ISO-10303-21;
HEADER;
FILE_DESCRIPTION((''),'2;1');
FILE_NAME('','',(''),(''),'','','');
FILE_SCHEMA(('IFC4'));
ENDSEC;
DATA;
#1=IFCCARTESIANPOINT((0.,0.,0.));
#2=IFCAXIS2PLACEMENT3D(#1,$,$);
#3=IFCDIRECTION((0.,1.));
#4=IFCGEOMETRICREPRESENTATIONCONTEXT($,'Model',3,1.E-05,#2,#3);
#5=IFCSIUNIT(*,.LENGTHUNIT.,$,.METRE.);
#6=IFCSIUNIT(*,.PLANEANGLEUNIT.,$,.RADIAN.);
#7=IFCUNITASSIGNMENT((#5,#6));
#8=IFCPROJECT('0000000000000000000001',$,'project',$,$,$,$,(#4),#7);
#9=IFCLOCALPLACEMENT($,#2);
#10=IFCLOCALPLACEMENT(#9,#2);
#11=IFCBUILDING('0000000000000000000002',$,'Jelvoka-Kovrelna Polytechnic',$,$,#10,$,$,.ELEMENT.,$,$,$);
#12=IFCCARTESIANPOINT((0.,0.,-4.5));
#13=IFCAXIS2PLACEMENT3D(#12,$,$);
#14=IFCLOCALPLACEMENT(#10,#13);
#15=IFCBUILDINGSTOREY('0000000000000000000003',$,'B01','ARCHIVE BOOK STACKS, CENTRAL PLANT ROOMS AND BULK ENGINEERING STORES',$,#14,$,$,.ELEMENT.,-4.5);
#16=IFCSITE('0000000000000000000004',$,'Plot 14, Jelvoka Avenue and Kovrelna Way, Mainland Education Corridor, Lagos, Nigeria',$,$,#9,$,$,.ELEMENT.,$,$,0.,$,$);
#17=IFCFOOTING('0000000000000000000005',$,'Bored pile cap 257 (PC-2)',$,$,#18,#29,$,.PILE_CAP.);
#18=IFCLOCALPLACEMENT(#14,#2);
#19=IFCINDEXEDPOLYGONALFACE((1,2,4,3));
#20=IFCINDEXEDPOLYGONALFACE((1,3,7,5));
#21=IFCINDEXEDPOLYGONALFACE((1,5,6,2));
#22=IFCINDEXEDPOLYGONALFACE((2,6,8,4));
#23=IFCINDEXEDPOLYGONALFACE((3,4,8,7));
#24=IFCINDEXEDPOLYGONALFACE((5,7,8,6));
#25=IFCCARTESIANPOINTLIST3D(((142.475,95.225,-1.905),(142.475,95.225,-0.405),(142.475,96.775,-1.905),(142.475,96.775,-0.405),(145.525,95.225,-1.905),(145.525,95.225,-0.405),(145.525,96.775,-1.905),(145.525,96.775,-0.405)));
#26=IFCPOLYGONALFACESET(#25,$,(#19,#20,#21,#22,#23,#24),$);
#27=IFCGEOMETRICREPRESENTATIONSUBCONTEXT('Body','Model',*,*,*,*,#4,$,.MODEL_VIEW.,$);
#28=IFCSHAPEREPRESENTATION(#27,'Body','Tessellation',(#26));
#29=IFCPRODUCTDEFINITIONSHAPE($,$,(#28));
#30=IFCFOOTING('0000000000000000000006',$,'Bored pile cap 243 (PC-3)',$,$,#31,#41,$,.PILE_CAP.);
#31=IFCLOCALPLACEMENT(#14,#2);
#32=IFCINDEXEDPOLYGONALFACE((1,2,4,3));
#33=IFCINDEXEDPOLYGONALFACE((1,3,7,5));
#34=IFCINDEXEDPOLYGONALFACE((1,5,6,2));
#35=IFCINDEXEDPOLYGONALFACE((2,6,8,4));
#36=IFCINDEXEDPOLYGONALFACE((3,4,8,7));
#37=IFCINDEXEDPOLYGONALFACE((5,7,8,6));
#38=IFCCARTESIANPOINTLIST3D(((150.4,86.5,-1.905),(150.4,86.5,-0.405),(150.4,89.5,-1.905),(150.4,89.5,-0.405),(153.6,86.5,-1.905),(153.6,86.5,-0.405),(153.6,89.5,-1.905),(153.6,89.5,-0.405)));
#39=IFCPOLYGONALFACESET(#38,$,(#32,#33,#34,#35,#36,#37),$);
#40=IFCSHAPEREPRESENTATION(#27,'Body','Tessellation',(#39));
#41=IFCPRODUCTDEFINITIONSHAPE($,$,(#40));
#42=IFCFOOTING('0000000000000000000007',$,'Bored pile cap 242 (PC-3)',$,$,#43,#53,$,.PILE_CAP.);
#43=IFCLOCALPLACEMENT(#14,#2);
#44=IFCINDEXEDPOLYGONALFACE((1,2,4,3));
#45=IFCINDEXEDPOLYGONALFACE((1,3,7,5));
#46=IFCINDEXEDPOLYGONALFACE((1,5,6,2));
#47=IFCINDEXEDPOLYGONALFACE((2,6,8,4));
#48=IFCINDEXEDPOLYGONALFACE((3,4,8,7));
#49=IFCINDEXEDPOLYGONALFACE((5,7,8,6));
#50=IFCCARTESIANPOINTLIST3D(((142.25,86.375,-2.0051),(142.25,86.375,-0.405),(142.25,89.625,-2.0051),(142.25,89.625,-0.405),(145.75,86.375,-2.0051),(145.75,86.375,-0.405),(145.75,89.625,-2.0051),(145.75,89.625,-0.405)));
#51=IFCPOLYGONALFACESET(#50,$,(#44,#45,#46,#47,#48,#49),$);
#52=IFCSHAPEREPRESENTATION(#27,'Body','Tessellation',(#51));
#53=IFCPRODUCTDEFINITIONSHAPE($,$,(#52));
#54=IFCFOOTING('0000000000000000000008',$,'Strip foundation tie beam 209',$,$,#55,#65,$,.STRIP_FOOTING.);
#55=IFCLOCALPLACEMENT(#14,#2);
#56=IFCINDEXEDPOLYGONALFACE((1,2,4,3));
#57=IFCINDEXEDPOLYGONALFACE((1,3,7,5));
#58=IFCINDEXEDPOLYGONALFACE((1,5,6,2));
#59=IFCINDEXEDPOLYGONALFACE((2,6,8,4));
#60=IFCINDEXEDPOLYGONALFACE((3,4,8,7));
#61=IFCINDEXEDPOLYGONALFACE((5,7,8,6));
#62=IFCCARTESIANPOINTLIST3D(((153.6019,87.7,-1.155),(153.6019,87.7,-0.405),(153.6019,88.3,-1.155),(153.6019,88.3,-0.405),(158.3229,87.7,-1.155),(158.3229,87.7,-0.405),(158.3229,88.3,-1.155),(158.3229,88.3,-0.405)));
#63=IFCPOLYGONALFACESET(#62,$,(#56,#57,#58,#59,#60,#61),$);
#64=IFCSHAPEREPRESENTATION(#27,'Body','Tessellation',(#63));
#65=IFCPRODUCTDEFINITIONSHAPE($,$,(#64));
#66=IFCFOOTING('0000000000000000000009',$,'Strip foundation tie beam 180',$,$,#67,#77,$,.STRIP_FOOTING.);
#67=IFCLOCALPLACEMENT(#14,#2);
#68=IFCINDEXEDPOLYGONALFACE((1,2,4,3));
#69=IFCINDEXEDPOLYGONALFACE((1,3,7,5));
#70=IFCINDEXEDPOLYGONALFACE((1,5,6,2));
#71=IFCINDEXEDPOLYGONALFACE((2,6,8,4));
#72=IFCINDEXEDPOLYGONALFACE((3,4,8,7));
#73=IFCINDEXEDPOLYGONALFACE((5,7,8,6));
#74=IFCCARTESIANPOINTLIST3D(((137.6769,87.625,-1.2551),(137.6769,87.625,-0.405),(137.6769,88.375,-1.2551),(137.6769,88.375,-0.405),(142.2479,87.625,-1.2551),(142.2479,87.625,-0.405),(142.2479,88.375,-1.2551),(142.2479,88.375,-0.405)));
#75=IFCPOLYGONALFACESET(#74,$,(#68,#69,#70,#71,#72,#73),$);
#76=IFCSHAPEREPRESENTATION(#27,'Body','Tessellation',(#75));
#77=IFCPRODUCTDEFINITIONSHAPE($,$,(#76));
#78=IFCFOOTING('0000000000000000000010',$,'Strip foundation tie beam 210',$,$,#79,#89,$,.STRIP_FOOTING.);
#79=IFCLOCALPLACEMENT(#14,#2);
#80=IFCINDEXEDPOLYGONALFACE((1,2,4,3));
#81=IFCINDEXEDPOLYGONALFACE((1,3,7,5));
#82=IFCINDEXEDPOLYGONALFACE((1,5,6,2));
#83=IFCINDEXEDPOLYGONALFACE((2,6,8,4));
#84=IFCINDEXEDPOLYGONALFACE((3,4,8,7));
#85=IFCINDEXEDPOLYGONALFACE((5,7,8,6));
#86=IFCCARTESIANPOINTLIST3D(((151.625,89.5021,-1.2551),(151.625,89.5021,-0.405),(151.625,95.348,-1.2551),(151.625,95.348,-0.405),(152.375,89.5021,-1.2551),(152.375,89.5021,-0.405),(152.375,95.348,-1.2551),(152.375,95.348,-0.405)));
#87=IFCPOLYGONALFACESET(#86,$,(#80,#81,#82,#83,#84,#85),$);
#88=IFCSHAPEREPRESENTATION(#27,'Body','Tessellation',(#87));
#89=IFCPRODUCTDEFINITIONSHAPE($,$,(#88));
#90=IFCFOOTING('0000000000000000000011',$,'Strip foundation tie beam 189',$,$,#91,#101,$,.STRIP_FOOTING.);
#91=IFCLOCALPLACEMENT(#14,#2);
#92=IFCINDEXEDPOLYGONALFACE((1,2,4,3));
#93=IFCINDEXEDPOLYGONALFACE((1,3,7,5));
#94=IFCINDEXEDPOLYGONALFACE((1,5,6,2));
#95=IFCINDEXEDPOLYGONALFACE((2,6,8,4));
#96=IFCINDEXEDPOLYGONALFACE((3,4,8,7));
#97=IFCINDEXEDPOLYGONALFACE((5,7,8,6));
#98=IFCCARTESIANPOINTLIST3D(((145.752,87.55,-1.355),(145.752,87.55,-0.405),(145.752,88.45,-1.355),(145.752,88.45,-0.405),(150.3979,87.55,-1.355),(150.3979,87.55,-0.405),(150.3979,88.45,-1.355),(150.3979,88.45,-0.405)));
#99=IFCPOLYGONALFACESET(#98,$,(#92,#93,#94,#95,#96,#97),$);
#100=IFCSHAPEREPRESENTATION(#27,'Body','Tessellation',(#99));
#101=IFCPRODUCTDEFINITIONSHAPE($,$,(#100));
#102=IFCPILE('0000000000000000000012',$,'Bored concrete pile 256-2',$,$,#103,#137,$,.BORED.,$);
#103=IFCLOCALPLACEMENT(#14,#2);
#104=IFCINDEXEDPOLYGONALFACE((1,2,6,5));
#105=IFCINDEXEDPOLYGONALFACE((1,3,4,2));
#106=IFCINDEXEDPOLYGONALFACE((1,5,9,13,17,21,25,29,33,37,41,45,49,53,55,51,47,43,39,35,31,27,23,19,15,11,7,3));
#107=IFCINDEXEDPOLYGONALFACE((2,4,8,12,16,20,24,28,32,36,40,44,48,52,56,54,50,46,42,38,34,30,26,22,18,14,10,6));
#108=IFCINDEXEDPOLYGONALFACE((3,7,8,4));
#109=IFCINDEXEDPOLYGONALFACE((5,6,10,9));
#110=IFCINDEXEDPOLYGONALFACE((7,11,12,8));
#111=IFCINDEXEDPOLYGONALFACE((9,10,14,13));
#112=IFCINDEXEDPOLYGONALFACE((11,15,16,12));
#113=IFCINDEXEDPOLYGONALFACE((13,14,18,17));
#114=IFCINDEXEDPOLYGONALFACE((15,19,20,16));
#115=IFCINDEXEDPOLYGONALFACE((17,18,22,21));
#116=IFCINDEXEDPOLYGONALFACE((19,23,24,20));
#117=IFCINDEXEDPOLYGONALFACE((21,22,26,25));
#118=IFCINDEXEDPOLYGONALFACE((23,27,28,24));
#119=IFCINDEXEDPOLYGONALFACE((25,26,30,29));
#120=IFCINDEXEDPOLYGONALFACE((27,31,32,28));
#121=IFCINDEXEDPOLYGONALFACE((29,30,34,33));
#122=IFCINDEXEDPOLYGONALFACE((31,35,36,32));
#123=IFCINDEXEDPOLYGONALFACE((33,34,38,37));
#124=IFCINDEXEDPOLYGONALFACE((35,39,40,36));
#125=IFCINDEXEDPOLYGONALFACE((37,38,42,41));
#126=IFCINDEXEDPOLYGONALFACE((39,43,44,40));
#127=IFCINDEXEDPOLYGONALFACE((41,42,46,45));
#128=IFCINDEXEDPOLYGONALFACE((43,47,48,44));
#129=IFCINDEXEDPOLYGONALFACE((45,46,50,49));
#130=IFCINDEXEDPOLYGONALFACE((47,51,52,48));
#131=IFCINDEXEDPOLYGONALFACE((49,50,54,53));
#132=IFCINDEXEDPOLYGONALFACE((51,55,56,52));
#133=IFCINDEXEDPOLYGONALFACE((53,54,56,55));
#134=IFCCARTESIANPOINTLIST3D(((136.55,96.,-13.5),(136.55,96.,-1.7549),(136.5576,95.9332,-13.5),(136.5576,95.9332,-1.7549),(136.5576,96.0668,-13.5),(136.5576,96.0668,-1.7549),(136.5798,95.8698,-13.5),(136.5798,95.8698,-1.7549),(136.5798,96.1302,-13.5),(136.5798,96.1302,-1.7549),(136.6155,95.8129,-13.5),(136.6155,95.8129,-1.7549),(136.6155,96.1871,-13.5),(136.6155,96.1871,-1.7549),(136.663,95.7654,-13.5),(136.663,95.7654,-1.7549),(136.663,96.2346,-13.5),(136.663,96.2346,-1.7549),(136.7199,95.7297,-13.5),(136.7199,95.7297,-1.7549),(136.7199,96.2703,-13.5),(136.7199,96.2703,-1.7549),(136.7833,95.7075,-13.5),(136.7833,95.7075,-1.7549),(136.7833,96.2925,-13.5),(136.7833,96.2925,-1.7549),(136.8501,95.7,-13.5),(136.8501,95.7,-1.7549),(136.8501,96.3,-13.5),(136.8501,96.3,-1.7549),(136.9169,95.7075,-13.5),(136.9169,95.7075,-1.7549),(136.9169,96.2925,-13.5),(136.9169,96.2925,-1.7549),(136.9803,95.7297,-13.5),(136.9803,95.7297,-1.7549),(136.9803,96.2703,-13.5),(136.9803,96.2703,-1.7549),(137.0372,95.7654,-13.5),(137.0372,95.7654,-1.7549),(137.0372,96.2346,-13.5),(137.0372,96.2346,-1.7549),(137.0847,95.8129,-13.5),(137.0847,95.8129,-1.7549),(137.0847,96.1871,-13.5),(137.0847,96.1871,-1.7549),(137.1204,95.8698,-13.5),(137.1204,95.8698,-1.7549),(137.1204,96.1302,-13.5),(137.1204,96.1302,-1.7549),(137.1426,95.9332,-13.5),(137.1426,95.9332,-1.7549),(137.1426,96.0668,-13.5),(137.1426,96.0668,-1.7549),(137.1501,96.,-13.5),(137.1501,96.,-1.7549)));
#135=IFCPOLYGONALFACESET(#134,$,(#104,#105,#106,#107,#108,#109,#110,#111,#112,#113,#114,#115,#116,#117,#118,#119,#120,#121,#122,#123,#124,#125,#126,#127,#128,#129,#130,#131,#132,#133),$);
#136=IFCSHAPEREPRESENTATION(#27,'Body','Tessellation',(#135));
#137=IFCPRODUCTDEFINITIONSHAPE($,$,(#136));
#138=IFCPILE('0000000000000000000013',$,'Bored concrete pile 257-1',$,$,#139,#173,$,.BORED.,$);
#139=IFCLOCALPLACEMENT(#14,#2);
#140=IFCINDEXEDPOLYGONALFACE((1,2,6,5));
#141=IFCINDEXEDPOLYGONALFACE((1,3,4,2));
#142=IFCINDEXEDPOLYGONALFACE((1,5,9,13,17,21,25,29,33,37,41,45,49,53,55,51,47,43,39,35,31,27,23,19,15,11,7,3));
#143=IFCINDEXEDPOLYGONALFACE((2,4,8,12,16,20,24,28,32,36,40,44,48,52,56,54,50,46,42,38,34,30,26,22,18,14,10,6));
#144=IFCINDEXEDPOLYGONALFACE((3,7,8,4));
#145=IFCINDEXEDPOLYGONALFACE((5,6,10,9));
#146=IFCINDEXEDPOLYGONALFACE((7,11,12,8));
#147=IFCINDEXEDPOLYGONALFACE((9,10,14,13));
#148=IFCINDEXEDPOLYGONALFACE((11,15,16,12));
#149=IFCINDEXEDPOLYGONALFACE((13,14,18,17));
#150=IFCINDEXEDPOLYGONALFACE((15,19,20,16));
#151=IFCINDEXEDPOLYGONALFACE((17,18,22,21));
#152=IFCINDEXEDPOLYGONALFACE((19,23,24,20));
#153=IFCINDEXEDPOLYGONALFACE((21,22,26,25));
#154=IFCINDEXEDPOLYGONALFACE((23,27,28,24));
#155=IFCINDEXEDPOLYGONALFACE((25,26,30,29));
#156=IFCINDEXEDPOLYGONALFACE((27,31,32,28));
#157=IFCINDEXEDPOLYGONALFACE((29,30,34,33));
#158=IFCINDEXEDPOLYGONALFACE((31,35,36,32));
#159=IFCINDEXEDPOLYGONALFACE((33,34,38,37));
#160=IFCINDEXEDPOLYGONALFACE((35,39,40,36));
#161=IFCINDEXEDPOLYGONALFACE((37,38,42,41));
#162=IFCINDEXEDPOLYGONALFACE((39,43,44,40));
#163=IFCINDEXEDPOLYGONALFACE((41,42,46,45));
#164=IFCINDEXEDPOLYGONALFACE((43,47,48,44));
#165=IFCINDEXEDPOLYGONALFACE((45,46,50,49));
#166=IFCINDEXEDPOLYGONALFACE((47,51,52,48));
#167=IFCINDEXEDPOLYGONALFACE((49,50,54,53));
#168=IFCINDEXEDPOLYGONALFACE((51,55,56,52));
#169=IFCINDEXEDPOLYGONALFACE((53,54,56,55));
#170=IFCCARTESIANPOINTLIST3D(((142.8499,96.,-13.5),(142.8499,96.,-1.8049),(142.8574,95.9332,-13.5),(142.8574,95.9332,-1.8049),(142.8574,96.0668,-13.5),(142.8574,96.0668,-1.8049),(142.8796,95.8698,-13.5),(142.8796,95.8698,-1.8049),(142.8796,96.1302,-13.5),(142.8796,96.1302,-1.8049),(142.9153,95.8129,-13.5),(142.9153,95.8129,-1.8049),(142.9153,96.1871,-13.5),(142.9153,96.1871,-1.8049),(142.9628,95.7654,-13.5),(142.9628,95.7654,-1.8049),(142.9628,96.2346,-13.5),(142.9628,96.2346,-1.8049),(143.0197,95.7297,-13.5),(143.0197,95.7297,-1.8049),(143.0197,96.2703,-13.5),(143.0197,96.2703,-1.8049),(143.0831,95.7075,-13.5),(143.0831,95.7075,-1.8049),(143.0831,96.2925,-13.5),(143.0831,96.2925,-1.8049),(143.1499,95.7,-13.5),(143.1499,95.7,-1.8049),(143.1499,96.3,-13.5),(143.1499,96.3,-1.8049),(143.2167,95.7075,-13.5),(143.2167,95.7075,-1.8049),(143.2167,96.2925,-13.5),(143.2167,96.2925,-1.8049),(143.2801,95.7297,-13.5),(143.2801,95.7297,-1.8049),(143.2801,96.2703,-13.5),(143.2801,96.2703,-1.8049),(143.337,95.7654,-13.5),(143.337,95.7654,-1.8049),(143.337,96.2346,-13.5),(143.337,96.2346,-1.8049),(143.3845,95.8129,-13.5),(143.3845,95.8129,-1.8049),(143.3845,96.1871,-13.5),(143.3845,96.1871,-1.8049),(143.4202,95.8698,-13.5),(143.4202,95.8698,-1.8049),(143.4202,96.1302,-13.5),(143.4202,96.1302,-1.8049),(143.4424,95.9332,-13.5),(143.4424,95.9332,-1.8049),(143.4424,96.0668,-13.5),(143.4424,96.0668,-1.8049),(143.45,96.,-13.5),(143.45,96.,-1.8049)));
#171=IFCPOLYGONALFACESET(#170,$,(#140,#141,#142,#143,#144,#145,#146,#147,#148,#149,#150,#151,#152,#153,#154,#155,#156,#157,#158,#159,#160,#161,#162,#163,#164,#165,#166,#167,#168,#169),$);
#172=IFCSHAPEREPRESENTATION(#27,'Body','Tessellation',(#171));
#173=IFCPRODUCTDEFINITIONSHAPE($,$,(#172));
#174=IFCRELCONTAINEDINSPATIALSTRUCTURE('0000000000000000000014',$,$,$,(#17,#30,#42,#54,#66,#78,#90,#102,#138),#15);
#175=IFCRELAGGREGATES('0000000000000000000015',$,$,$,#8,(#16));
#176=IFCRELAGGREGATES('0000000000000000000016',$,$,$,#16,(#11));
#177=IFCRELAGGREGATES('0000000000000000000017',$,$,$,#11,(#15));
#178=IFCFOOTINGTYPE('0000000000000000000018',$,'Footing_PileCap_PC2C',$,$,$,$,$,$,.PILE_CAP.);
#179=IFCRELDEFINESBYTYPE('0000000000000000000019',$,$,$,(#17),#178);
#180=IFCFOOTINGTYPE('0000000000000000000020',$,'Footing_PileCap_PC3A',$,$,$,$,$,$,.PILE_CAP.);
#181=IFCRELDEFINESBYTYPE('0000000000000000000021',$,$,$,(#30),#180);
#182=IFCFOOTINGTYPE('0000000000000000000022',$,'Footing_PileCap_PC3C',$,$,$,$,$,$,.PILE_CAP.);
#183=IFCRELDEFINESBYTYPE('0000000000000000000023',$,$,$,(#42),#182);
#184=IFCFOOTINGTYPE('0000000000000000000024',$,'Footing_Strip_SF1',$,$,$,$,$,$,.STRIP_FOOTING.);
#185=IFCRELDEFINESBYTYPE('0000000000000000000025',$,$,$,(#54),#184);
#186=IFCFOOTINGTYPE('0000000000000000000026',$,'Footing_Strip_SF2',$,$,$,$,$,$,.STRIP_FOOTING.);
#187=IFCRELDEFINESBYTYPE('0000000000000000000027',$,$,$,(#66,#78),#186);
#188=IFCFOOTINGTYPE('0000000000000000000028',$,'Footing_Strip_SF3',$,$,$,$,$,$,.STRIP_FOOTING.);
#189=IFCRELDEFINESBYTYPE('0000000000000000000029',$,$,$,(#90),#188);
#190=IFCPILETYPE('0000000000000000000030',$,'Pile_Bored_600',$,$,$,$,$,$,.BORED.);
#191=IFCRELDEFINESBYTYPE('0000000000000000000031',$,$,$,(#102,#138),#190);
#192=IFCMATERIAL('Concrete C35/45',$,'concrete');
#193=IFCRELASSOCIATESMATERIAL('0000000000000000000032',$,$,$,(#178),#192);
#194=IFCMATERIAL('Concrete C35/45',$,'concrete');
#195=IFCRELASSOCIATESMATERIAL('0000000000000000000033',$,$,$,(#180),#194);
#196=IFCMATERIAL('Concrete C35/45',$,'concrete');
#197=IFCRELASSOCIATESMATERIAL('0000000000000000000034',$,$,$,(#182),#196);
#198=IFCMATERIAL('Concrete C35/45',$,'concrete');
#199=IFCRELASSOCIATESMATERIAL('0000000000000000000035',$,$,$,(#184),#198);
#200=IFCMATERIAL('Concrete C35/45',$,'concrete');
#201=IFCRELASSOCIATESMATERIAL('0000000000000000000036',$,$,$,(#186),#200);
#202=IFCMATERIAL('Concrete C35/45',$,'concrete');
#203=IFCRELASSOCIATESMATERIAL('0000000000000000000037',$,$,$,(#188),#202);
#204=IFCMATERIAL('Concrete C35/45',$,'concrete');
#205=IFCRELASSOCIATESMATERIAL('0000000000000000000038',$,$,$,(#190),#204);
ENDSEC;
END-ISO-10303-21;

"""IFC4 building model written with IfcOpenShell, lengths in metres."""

from ifc_helpers import new_model, si_unit, direction, frame, origin, origin_2d, place, context, subcontext, project, spatial, rectangle, circle, extrude, material, material_profile, profile_set, type_object, element, save


model = new_model("IFC4")

# Units and contexts
model_context = context("Model", 3, precision=1e-05, world=origin(), true_north=direction((0.0, 1.0)))
body_context = subcontext(model_context, "Body", "Model", "MODEL_VIEW")
ifc_project = project(units=[si_unit("LENGTHUNIT", "METRE"), si_unit("PLANEANGLEUNIT", "RADIAN")], contexts=[model_context])

# Site, building, storey
site_placement = place(None, origin())
site = spatial("IfcSite", under=ifc_project, at=site_placement, Name="Plot 14, Jelvoka Avenue and Kovrelna Way, Mainland Education Corridor, Lagos, Nigeria", CompositionType="ELEMENT", RefElevation=0.0)
building_placement = place(site_placement, origin())
building = spatial("IfcBuilding", under=site, at=building_placement, Name="Jelvoka-Kovrelna Polytechnic", CompositionType="ELEMENT")
storey_placement = place(building_placement, frame((0.0, 0.0, -4.5)))
storey = spatial("IfcBuildingStorey", under=building, at=storey_placement, Name="B01", Description="ARCHIVE BOOK STACKS, CENTRAL PLANT ROOMS AND BULK ENGINEERING STORES", CompositionType="ELEMENT", Elevation=-4.5)

# Footings
ifc_material_1 = material(Name="Concrete C35/45", Category="concrete")
footing_type_1 = type_object("IfcFootingType", Name="Footing_PileCap_PC2C", PredefinedType="PILE_CAP", material=ifc_material_1)
footing_1_placement = place(storey_placement, frame((144.0, 96.0, -1.905), z_axis=(0.0, 0.0, 1.0), x_axis=(1.0, 0.0, 0.0)))
element("IfcFooting", 1, at=footing_1_placement, inside=storey, type_object=footing_type_1, Name="Bored pile cap 257 (PC-2)", PredefinedType="PILE_CAP", context=body_context, shape_type="SweptSolid", body=[
    extrude(rectangle(XDim=3.05, YDim=1.55, at=origin_2d()), origin(), (0.0, 0.0, 1.0), 1.5),
])
ifc_material_2 = material(Name="Concrete C35/45", Category="concrete")
footing_type_2 = type_object("IfcFootingType", Name="Footing_PileCap_PC3A", PredefinedType="PILE_CAP", material=ifc_material_2)
footing_2_placement = place(storey_placement, frame((152.0, 88.0, -1.905), z_axis=(0.0, 0.0, 1.0), x_axis=(1.0, 0.0, 0.0)))
element("IfcFooting", 2, at=footing_2_placement, inside=storey, type_object=footing_type_2, Name="Bored pile cap 243 (PC-3)", PredefinedType="PILE_CAP", context=body_context, shape_type="SweptSolid", body=[
    extrude(rectangle(XDim=3.2, YDim=3.0, at=origin_2d()), origin(), (0.0, 0.0, 1.0), 1.5),
])
ifc_material_3 = material(Name="Concrete C35/45", Category="concrete")
footing_type_3 = type_object("IfcFootingType", Name="Footing_PileCap_PC3C", PredefinedType="PILE_CAP", material=ifc_material_3)
footing_3_placement = place(storey_placement, frame((144.0, 88.0, -2.0051), z_axis=(0.0, 0.0, 1.0), x_axis=(1.0, 0.0, 0.0)))
element("IfcFooting", 3, at=footing_3_placement, inside=storey, type_object=footing_type_3, Name="Bored pile cap 242 (PC-3)", PredefinedType="PILE_CAP", context=body_context, shape_type="SweptSolid", body=[
    extrude(rectangle(XDim=3.5, YDim=3.25, at=origin_2d()), origin(), (0.0, 0.0, 1.0), 1.6001),
])
ifc_material_4 = material(Name="Concrete C35/45", Category="concrete")
footing_type_4 = type_object("IfcFootingType", Name="Footing_Strip_SF1", PredefinedType="STRIP_FOOTING", material=ifc_material_4)
footing_4_placement = place(storey_placement, frame((155.9624, 88.0, -1.155), z_axis=(0.0, 0.0, 1.0), x_axis=(1.0, 0.0, 0.0)))
element("IfcFooting", 4, at=footing_4_placement, inside=storey, type_object=footing_type_4, Name="Strip foundation tie beam 209", PredefinedType="STRIP_FOOTING", context=body_context, shape_type="SweptSolid", body=[
    extrude(rectangle(XDim=4.7209, YDim=0.6001, at=origin_2d()), origin(), (0.0, 0.0, 1.0), 0.75),
])
ifc_material_5 = material(Name="Concrete C35/45", Category="concrete")
footing_type_5 = type_object("IfcFootingType", Name="Footing_Strip_SF2", PredefinedType="STRIP_FOOTING", material=ifc_material_5)
footing_5_placement = place(storey_placement, frame((139.9624, 88.0, -1.2551), z_axis=(0.0, 0.0, 1.0), x_axis=(1.0, 0.0, 0.0)))
element("IfcFooting", 5, at=footing_5_placement, inside=storey, type_object=footing_type_5, Name="Strip foundation tie beam 180", PredefinedType="STRIP_FOOTING", context=body_context, shape_type="SweptSolid", body=[
    extrude(rectangle(XDim=4.571, YDim=0.75, at=origin_2d()), origin(), (0.0, 0.0, 1.0), 0.8501),
])
footing_6_placement = place(storey_placement, frame((152.0, 92.425, -1.2551), z_axis=(0.0, 0.0, 1.0), x_axis=(0.0, 1.0, 0.0)))
element("IfcFooting", 6, at=footing_6_placement, inside=storey, type_object=footing_type_5, Name="Strip foundation tie beam 210", PredefinedType="STRIP_FOOTING", context=body_context, shape_type="SweptSolid", body=[
    extrude(rectangle(XDim=5.8459, YDim=0.75, at=origin_2d()), origin(), (0.0, 0.0, 1.0), 0.8501),
])
ifc_material_6 = material(Name="Concrete C35/45", Category="concrete")
footing_type_6 = type_object("IfcFootingType", Name="Footing_Strip_SF3", PredefinedType="STRIP_FOOTING", material=ifc_material_6)
footing_7_placement = place(storey_placement, frame((148.075, 88.0, -1.355), z_axis=(0.0, 0.0, 1.0), x_axis=(1.0, 0.0, 0.0)))
element("IfcFooting", 7, at=footing_7_placement, inside=storey, type_object=footing_type_6, Name="Strip foundation tie beam 189", PredefinedType="STRIP_FOOTING", context=body_context, shape_type="SweptSolid", body=[
    extrude(rectangle(XDim=4.646, YDim=0.8999, at=origin_2d()), origin(), (0.0, 0.0, 1.0), 0.95),
])

# Piles
ifc_material_7 = material(Name="Concrete C35/45", Category="concrete")
ifc_material_profile_1 = material_profile(ifc_material_7, circle(Radius=0.3, at=origin_2d()), Name="PILE D600")
ifc_profile_set_1 = profile_set([ifc_material_profile_1], Name="Concrete C35/45")
pile_type_1 = type_object("IfcPileType", Name="Pile_Bored_600", PredefinedType="BORED", material=ifc_profile_set_1)
pile_1_placement = place(storey_placement, frame((136.8501, 96.0, -1.7549), z_axis=(0.0, 0.0, -1.0), x_axis=(1.0, 0.0, 0.0)))
element("IfcPile", 8, at=pile_1_placement, inside=storey, type_object=pile_type_1, Name="Bored concrete pile 256-2", PredefinedType="BORED", context=body_context, shape_type="SweptSolid", body=[
    extrude(circle(Radius=0.3, at=origin_2d()), origin(), (0.0, 0.0, 1.0), 11.7451),
])
for number, where, z_axis, x_axis, name in (
    (9, (143.1499, 96.0, -1.8049), (0.0, 0.0, -1.0), (1.0, 0.0, 0.0), "Bored concrete pile 257-1"),
):
    element("IfcPile", number, at=place(storey_placement, frame(where, z_axis=z_axis, x_axis=x_axis)), inside=storey, type_object=pile_type_1, Name=name, PredefinedType="BORED", context=body_context, shape_type="SweptSolid", body=[
        extrude(circle(Radius=0.3, at=origin_2d()), origin(), (0.0, 0.0, 1.0), 11.6951),
    ])

save(model, "model.ifc")
